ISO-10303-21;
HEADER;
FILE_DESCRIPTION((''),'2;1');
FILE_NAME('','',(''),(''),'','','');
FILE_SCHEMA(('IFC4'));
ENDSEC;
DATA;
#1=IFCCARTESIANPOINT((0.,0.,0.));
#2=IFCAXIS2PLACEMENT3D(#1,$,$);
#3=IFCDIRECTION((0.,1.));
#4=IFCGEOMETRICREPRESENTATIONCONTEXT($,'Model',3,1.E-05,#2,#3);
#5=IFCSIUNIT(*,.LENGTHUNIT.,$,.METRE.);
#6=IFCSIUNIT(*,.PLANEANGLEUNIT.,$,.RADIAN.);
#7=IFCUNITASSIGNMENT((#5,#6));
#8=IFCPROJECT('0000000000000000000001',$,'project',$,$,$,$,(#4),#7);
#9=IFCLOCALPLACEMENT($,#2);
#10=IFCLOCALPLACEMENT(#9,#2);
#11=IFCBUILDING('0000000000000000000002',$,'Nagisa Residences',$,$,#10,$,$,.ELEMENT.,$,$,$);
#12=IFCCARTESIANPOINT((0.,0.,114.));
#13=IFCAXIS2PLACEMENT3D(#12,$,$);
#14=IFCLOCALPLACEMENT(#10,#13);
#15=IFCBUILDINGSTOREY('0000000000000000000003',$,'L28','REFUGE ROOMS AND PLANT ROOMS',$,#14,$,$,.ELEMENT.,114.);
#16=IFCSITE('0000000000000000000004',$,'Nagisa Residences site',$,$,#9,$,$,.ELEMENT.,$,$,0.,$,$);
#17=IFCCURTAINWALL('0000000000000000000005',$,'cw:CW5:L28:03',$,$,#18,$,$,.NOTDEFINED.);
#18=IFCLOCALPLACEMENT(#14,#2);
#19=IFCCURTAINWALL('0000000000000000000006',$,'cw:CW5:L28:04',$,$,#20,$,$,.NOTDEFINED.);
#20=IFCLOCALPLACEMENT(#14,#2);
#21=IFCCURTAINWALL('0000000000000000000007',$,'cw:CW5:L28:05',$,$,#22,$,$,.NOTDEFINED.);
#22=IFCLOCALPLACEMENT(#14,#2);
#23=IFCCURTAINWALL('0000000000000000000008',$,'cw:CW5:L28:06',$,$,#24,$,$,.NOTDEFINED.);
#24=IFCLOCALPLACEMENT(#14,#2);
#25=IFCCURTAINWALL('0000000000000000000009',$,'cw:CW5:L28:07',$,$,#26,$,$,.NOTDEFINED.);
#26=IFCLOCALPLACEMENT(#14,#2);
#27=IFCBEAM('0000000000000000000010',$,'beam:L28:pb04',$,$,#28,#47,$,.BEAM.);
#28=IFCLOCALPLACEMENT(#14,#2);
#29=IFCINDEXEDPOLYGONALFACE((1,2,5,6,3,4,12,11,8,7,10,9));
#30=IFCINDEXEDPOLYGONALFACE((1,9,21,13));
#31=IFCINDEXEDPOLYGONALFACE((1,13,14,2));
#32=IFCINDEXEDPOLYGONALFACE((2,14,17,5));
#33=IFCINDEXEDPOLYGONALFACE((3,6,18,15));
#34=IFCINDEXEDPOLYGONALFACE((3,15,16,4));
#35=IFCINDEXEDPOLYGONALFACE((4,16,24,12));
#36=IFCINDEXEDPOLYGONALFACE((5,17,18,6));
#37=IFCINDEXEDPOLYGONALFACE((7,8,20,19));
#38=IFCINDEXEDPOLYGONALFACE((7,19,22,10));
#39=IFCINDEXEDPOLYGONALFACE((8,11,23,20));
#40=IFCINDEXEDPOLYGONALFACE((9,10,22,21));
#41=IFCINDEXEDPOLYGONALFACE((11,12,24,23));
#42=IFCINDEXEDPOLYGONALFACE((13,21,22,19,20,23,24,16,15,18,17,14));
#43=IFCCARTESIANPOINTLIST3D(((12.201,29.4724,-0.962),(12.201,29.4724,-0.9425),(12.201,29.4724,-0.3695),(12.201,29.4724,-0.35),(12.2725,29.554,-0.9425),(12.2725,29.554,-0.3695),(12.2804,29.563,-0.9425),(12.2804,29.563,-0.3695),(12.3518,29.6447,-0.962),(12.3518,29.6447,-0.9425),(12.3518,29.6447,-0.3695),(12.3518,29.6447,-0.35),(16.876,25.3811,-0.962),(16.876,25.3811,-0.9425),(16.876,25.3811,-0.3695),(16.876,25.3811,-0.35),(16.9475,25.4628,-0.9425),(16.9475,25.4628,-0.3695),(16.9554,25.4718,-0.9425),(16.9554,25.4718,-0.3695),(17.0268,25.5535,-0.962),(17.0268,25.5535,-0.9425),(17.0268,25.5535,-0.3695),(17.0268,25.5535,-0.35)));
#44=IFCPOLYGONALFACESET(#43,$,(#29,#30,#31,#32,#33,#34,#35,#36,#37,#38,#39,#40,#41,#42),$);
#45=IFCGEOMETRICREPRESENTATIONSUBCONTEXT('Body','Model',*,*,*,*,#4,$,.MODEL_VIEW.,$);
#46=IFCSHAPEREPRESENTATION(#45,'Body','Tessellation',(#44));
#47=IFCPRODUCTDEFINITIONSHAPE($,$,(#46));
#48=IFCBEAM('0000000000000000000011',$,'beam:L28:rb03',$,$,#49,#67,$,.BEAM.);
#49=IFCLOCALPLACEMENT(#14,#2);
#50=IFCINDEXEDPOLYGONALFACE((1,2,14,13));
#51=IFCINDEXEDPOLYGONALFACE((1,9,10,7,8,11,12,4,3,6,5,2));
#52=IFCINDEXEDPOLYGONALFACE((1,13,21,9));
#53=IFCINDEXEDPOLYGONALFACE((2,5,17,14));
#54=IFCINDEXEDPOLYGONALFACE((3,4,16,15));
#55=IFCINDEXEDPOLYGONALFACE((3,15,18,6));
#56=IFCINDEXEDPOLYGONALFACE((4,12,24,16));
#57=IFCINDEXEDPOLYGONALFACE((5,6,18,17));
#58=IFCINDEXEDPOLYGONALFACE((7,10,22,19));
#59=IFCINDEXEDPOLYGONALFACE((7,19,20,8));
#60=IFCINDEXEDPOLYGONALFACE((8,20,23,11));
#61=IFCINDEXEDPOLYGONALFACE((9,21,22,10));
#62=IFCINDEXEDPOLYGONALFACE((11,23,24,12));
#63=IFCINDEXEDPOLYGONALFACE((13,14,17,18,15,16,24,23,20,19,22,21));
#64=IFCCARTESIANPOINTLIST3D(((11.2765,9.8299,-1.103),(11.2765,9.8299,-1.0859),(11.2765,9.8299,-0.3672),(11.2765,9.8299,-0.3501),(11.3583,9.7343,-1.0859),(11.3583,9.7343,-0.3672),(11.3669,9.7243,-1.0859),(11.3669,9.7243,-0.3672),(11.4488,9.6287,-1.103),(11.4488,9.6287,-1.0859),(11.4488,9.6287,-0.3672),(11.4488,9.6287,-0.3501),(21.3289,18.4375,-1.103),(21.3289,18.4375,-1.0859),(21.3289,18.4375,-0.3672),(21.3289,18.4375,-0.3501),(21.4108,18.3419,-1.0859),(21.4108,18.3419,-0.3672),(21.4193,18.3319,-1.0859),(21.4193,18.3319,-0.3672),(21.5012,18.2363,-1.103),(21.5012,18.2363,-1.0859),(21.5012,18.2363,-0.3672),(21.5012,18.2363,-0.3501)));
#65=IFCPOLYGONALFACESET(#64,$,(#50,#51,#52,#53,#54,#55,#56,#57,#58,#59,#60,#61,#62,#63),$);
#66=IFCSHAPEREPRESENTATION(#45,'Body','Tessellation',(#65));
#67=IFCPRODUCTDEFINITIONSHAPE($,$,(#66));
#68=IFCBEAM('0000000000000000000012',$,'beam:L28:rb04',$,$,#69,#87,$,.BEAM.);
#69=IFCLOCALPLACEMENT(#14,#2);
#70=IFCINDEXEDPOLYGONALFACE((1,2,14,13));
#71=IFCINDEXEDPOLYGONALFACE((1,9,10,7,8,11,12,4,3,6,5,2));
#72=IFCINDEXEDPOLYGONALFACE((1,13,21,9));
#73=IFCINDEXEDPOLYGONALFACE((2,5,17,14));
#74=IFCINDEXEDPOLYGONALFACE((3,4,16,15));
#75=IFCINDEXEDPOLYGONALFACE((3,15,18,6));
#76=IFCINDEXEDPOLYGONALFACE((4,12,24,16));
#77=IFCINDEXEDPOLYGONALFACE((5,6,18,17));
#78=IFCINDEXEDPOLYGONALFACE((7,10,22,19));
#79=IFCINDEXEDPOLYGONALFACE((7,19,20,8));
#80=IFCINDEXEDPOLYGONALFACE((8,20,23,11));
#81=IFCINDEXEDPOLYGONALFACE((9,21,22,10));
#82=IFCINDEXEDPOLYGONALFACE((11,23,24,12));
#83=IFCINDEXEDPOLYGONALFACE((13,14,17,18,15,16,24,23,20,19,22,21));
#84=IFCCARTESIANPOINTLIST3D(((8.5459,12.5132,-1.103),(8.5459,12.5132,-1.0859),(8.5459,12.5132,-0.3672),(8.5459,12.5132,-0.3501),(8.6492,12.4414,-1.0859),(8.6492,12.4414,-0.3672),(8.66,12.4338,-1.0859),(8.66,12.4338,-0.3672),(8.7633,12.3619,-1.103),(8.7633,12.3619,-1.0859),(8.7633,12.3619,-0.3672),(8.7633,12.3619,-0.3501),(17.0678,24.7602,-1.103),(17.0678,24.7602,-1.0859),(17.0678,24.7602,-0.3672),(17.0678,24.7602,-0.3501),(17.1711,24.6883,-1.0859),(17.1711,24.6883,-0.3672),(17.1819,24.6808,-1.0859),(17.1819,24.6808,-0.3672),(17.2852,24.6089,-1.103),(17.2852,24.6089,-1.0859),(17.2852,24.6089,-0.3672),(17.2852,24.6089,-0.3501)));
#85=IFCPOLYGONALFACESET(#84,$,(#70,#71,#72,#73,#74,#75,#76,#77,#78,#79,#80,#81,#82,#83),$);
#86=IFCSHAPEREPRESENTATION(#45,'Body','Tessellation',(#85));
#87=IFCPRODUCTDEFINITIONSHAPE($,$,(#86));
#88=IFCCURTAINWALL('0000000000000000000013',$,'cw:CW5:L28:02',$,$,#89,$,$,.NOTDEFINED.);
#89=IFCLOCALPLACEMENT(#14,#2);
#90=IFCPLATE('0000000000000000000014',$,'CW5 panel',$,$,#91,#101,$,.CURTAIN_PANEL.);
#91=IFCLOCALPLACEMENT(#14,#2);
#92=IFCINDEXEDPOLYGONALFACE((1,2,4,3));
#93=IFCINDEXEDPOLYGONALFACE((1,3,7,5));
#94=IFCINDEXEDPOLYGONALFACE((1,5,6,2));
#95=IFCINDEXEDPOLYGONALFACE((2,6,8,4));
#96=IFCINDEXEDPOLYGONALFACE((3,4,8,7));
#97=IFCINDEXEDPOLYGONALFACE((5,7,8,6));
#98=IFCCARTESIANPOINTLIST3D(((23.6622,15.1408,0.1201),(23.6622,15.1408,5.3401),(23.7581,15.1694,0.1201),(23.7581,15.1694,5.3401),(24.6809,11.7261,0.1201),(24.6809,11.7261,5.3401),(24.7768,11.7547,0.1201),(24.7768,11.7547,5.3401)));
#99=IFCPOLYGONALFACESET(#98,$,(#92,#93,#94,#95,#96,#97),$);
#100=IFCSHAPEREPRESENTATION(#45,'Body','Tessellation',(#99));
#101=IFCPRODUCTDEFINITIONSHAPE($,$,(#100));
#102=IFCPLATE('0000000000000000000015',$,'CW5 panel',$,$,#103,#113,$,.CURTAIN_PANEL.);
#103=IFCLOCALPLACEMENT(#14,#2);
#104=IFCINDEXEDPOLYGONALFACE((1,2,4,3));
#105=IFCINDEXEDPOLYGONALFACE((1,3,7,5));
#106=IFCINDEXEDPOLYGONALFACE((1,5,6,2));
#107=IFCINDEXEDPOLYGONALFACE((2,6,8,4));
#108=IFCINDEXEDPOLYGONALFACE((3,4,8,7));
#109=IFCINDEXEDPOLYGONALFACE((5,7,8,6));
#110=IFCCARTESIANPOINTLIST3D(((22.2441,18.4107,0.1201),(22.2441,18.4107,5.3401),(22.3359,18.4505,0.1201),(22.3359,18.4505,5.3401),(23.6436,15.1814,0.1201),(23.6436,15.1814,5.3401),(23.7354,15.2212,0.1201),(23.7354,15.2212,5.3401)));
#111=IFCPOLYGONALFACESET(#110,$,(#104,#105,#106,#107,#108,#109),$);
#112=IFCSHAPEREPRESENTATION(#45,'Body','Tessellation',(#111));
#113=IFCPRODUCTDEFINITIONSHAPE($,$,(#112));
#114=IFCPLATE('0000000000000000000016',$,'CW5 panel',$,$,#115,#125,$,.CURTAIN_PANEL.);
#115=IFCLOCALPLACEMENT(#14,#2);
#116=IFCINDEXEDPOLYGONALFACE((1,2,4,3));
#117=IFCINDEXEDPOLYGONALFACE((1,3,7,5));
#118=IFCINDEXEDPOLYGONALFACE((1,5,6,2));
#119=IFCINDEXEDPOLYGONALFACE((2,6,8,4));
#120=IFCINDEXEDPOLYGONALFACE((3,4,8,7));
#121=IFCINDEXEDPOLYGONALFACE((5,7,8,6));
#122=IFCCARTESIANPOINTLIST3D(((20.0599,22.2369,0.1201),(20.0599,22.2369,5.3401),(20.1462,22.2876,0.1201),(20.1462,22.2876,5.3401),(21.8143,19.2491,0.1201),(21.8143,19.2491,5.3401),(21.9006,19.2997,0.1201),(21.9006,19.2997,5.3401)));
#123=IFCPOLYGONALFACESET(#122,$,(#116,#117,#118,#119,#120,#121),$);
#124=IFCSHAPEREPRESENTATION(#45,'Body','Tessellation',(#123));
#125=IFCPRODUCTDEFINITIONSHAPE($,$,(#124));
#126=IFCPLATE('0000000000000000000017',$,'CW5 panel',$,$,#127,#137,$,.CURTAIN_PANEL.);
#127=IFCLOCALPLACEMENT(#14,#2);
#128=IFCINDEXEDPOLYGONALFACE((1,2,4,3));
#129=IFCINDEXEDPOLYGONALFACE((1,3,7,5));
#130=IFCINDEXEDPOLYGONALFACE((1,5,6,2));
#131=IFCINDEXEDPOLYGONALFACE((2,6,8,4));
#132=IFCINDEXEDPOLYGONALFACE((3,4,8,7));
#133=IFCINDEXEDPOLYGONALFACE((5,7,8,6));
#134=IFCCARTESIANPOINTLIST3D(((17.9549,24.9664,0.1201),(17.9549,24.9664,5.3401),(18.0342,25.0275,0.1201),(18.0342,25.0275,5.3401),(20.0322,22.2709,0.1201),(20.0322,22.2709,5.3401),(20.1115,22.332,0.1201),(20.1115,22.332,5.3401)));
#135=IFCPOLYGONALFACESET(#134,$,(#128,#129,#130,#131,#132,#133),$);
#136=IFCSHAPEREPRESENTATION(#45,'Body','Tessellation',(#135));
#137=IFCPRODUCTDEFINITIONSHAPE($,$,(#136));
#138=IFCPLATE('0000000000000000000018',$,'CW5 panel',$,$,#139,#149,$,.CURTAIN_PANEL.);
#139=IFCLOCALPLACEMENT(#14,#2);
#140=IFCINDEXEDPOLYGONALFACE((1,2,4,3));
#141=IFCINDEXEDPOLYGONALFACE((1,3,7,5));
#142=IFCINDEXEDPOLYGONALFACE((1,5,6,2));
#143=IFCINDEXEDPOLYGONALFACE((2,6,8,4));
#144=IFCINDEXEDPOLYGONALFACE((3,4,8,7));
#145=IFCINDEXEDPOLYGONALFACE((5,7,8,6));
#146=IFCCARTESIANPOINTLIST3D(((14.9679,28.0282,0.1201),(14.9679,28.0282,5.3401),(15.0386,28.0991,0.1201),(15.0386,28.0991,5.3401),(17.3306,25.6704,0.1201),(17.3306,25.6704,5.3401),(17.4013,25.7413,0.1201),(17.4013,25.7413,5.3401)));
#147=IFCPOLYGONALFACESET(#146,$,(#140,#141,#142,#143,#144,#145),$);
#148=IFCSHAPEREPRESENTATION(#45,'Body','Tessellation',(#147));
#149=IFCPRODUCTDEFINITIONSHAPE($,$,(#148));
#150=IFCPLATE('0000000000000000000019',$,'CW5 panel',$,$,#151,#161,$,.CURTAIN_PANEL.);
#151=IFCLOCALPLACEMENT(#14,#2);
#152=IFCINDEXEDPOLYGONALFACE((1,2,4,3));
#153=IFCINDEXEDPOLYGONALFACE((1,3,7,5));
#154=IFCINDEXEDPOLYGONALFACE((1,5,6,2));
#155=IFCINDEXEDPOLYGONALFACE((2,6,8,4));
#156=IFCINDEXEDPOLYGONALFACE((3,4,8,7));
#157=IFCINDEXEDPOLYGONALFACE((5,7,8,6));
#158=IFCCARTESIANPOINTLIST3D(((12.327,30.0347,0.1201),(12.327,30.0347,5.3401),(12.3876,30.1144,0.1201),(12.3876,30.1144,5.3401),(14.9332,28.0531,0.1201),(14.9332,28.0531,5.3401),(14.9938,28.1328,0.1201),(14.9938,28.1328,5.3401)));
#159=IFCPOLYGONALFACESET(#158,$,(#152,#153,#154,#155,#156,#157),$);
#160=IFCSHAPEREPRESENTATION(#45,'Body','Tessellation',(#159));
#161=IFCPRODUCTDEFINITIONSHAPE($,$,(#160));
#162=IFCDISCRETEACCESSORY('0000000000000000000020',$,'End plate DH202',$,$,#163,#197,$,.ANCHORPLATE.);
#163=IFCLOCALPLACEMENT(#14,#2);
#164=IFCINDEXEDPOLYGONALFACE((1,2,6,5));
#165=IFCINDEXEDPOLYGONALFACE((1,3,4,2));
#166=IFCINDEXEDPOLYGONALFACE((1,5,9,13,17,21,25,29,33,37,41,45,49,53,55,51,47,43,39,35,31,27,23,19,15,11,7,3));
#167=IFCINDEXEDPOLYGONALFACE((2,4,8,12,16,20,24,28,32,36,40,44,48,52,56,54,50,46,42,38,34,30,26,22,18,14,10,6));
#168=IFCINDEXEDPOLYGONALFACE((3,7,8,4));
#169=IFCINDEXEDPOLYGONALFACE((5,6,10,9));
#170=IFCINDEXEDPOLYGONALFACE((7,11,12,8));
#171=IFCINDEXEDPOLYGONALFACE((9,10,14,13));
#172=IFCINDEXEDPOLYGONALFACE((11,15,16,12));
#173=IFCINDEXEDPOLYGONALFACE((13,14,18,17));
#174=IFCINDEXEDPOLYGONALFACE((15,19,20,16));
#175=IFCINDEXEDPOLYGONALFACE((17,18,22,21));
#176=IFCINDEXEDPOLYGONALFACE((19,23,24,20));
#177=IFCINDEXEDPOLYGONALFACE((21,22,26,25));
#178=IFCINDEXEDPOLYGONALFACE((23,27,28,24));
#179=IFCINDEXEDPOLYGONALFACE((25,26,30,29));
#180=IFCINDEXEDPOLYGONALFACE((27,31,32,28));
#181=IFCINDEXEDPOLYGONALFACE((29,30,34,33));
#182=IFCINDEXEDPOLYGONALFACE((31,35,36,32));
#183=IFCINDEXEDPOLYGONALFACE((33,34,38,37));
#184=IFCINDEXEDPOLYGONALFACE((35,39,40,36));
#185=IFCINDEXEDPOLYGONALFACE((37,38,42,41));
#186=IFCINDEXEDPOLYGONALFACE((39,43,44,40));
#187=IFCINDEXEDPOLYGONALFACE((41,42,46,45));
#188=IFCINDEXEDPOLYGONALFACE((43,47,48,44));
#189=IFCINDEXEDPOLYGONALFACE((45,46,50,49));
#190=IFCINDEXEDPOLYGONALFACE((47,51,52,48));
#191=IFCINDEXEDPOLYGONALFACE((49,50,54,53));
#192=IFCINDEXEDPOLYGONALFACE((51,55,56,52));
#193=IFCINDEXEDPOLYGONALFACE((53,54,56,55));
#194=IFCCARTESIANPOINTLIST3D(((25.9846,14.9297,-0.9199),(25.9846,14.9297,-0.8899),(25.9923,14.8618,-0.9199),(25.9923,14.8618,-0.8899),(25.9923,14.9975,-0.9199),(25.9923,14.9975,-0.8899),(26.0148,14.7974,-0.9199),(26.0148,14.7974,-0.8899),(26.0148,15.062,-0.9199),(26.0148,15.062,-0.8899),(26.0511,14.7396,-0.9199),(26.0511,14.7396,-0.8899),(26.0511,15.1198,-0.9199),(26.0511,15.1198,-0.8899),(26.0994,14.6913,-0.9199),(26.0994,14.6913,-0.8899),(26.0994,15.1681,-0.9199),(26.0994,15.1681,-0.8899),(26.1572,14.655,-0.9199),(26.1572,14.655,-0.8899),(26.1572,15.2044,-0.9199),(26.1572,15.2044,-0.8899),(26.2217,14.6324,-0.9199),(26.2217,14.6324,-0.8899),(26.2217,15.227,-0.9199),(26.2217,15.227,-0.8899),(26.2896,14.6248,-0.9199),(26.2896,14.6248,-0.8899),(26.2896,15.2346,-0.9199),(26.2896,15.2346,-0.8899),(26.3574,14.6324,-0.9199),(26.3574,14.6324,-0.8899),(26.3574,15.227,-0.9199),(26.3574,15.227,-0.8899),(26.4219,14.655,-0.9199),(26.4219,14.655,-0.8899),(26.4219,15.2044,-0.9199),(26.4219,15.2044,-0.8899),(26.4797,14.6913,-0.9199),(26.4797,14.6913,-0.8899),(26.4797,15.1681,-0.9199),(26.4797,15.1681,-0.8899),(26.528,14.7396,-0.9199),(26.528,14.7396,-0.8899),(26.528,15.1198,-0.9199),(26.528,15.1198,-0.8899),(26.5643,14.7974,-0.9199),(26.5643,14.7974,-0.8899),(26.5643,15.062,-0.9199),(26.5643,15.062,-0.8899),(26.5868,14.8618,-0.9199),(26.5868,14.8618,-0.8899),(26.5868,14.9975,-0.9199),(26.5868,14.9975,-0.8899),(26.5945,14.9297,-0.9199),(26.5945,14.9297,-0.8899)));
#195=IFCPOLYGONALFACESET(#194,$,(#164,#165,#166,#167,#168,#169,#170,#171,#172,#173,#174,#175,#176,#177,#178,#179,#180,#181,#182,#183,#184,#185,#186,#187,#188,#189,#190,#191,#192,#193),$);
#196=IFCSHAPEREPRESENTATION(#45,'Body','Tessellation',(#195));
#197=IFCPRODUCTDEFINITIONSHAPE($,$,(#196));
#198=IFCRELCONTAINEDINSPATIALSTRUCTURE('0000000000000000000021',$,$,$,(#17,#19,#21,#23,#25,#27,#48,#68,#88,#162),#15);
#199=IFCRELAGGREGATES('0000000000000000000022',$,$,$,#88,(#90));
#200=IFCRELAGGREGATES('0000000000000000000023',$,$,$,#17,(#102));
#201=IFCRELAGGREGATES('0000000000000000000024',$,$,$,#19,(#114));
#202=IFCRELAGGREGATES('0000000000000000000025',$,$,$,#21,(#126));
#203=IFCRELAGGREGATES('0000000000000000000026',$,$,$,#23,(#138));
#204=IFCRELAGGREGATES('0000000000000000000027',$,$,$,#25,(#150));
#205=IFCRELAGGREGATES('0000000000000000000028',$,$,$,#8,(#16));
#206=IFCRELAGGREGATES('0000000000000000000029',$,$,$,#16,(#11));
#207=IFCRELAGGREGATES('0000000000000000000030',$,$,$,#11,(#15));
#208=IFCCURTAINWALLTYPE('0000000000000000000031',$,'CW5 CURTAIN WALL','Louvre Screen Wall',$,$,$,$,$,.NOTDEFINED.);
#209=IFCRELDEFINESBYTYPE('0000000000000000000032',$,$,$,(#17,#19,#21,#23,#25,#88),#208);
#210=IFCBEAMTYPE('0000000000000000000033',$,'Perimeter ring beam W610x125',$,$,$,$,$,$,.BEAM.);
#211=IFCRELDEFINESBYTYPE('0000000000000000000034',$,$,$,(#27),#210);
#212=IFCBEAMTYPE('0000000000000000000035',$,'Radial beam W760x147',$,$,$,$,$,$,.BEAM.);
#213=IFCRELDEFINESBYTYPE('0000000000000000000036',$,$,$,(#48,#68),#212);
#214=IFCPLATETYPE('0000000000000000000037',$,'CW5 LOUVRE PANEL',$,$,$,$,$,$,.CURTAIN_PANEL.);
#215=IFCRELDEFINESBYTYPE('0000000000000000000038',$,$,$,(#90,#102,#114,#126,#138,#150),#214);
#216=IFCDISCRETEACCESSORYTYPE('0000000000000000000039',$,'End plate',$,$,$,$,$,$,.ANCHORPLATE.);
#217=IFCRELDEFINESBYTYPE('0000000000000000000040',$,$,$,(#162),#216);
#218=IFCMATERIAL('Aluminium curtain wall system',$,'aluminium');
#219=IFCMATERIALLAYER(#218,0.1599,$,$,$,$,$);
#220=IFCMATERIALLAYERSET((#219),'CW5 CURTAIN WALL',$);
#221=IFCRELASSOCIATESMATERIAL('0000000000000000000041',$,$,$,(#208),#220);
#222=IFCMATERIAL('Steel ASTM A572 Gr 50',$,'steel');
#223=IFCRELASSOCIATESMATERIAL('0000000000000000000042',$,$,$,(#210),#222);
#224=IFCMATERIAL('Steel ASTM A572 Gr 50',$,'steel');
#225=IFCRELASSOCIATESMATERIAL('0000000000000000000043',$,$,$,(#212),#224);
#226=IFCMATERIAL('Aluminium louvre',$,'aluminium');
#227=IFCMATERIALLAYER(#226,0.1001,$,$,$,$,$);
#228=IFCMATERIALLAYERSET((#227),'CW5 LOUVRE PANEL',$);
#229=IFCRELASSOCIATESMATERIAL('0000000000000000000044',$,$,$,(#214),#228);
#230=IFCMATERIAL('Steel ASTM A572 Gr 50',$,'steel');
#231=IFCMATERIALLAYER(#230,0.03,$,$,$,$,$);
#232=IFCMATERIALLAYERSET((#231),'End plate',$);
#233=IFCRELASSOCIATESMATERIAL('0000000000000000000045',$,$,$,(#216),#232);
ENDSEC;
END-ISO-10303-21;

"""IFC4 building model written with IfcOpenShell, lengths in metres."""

from ifc_helpers import new_model, si_unit, direction, frame, origin, origin_2d, place, context, subcontext, project, spatial, rectangle, circle, i_section, extrude, material, layer, layer_set, material_profile, profile_set, type_object, element, aggregate, save


model = new_model("IFC4")

# Units and contexts
model_context = context("Model", 3, precision=1e-05, world=origin(), true_north=direction((0.0, 1.0)))
body_context = subcontext(model_context, "Body", "Model", "MODEL_VIEW")
ifc_project = project(units=[si_unit("LENGTHUNIT", "METRE"), si_unit("PLANEANGLEUNIT", "RADIAN")], contexts=[model_context])

# Site, building, storey
site_placement = place(None, origin())
site = spatial("IfcSite", under=ifc_project, at=site_placement, Name="Nagisa Residences site", CompositionType="ELEMENT", RefElevation=0.0)
building_placement = place(site_placement, origin())
building = spatial("IfcBuilding", under=site, at=building_placement, Name="Nagisa Residences", CompositionType="ELEMENT")
storey_placement = place(building_placement, frame((0.0, 0.0, 114.0)))
storey = spatial("IfcBuildingStorey", under=building, at=storey_placement, Name="L28", Description="REFUGE ROOMS AND PLANT ROOMS", CompositionType="ELEMENT", Elevation=114.0)

# Curtain walls
ifc_material_1 = material(Name="Aluminium curtain wall system", Category="aluminium")
ifc_layer_1 = layer(ifc_material_1, 0.1599)
ifc_layer_set_1 = layer_set([ifc_layer_1], Name="CW5 CURTAIN WALL")
curtain_wall_type = type_object("IfcCurtainWallType", Name="CW5 CURTAIN WALL", Description="Louvre Screen Wall", PredefinedType="NOTDEFINED", material=ifc_layer_set_1)
curtain_wall_1_placement = place(storey_placement, origin())
curtain_wall_1 = element("IfcCurtainWall", 1, at=curtain_wall_1_placement, inside=storey, type_object=curtain_wall_type, Name="cw:CW5:L28:03", PredefinedType="NOTDEFINED")
curtain_wall_2_placement = place(storey_placement, origin())
curtain_wall_2 = element("IfcCurtainWall", 2, at=curtain_wall_2_placement, inside=storey, type_object=curtain_wall_type, Name="cw:CW5:L28:04", PredefinedType="NOTDEFINED")
curtain_wall_3_placement = place(storey_placement, origin())
curtain_wall_3 = element("IfcCurtainWall", 3, at=curtain_wall_3_placement, inside=storey, type_object=curtain_wall_type, Name="cw:CW5:L28:05", PredefinedType="NOTDEFINED")
curtain_wall_4_placement = place(storey_placement, origin())
curtain_wall_4 = element("IfcCurtainWall", 4, at=curtain_wall_4_placement, inside=storey, type_object=curtain_wall_type, Name="cw:CW5:L28:06", PredefinedType="NOTDEFINED")
curtain_wall_5_placement = place(storey_placement, origin())
curtain_wall_5 = element("IfcCurtainWall", 5, at=curtain_wall_5_placement, inside=storey, type_object=curtain_wall_type, Name="cw:CW5:L28:07", PredefinedType="NOTDEFINED")

# Beams
ifc_material_2 = material(Name="Steel ASTM A572 Gr 50", Category="steel")
ifc_material_profile_1 = material_profile(ifc_material_2, i_section(OverallWidth=0.229, OverallDepth=0.6121, WebThickness=0.012, FlangeThickness=0.0195, at=origin_2d()), Name="W610x125")
ifc_profile_set_1 = profile_set([ifc_material_profile_1], Name="Steel ASTM A572 Gr 50")
beam_type_1 = type_object("IfcBeamType", Name="Perimeter ring beam W610x125", PredefinedType="BEAM", material=ifc_profile_set_1)
beam_1_placement = place(storey_placement, frame((16.9514, 25.4673, -0.656), z_axis=(-0.752526, 0.658563, 0.0), x_axis=(-0.658563, -0.752526, 0.0)))
element("IfcBeam", 6, at=beam_1_placement, inside=storey, type_object=beam_type_1, Name="beam:L28:pb04", PredefinedType="BEAM", context=body_context, shape_type="SweptSolid", body=[
    extrude(i_section(OverallWidth=0.229, OverallDepth=0.6121, WebThickness=0.012, FlangeThickness=0.0195, at=origin_2d()), origin(), (0.0, 0.0, 1.0), 6.2124),
])
ifc_material_3 = material(Name="Steel ASTM A572 Gr 50", Category="steel")
ifc_material_profile_2 = material_profile(ifc_material_3, i_section(OverallWidth=0.2649, OverallDepth=0.7529, WebThickness=0.0132, FlangeThickness=0.0171, at=origin_2d()), Name="W760x147")
ifc_profile_set_2 = profile_set([ifc_material_profile_2], Name="Steel ASTM A572 Gr 50")
beam_type_2 = type_object("IfcBeamType", Name="Radial beam W760x147", PredefinedType="BEAM", material=ifc_profile_set_2)
beam_2_placement = place(storey_placement, frame((21.415, 18.3369, -0.7266), z_axis=(-0.759583, -0.65041, 0.0), x_axis=(0.65041, -0.759583, 0.0)))
element("IfcBeam", 7, at=beam_2_placement, inside=storey, type_object=beam_type_2, Name="beam:L28:rb03", PredefinedType="BEAM", context=body_context, shape_type="SweptSolid", body=[
    extrude(i_section(OverallWidth=0.2649, OverallDepth=0.7529, WebThickness=0.0132, FlangeThickness=0.0171, at=origin_2d()), origin(), (0.0, 0.0, 1.0), 13.2341),
])
beam_3_placement = place(storey_placement, frame((17.1765, 24.6846, -0.7266), z_axis=(-0.571167, -0.820834, 0.0), x_axis=(0.820834, -0.571167, 0.0)))
element("IfcBeam", 8, at=beam_3_placement, inside=storey, type_object=beam_type_2, Name="beam:L28:rb04", PredefinedType="BEAM", context=body_context, shape_type="SweptSolid", body=[
    extrude(i_section(OverallWidth=0.2649, OverallDepth=0.7529, WebThickness=0.0132, FlangeThickness=0.0171, at=origin_2d()), origin(), (0.0, 0.0, 1.0), 14.9202),
])

# Curtain wall, plate
curtain_wall_6_placement = place(storey_placement, origin())
curtain_wall_6 = element("IfcCurtainWall", 9, at=curtain_wall_6_placement, inside=storey, type_object=curtain_wall_type, Name="cw:CW5:L28:02", PredefinedType="NOTDEFINED")
ifc_material_4 = material(Name="Aluminium louvre", Category="aluminium")
ifc_layer_2 = layer(ifc_material_4, 0.1001)
ifc_layer_set_2 = layer_set([ifc_layer_2], Name="CW5 LOUVRE PANEL")
plate_type = type_object("IfcPlateType", Name="CW5 LOUVRE PANEL", PredefinedType="CURTAIN_PANEL", material=ifc_layer_set_2)
plate_1_placement = place(storey_placement, frame((24.2195, 13.4478, 0.1201), z_axis=(0.0, 0.0, 1.0), x_axis=(-0.28586, 0.958271, 0.0)))
plate_1 = element("IfcPlate", 10, at=plate_1_placement, type_object=plate_type, Name="CW5 panel", PredefinedType="CURTAIN_PANEL", context=body_context, shape_type="SweptSolid", body=[
    extrude(rectangle(XDim=3.5635, YDim=0.1001, at=origin_2d()), origin(), (0.0, 0.0, 1.0), 5.22),
])
aggregate(curtain_wall_6, [plate_1])

# Plates
plate_2_placement = place(storey_placement, frame((22.9897, 16.8159, 0.1201), z_axis=(0.0, 0.0, 1.0), x_axis=(-0.397636, 0.917543, 0.0)))
plate_2 = element("IfcPlate", 11, at=plate_2_placement, type_object=plate_type, Name="CW5 panel", PredefinedType="CURTAIN_PANEL", context=body_context, shape_type="SweptSolid", body=[
    extrude(rectangle(XDim=3.5195, YDim=0.1001, at=origin_2d()), origin(), (0.0, 0.0, 1.0), 5.22),
])
aggregate(curtain_wall_1, [plate_2])
plate_3_placement = place(storey_placement, frame((20.9802, 20.7683, 0.1201), z_axis=(0.0, 0.0, 1.0), x_axis=(-0.506349, 0.862329, 0.0)))
plate_3 = element("IfcPlate", 12, at=plate_3_placement, type_object=plate_type, Name="CW5 panel", PredefinedType="CURTAIN_PANEL", context=body_context, shape_type="SweptSolid", body=[
    extrude(rectangle(XDim=3.4648, YDim=0.1001, at=origin_2d()), origin(), (0.0, 0.0, 1.0), 5.22),
])
aggregate(curtain_wall_2, [plate_3])
plate_4_placement = place(storey_placement, frame((19.0332, 23.6492, 0.1201), z_axis=(0.0, 0.0, 1.0), x_axis=(-0.61043, 0.79207, 0.0)))
plate_4 = element("IfcPlate", 13, at=plate_4_placement, type_object=plate_type, Name="CW5 panel", PredefinedType="CURTAIN_PANEL", context=body_context, shape_type="SweptSolid", body=[
    extrude(rectangle(XDim=3.4031, YDim=0.1001, at=origin_2d()), origin(), (0.0, 0.0, 1.0), 5.22),
])
aggregate(curtain_wall_3, [plate_4])
plate_5_placement = place(storey_placement, frame((16.1846, 26.8848, 0.1201), z_axis=(0.0, 0.0, 1.0), x_axis=(-0.707836, 0.706377, 0.0)))
plate_5 = element("IfcPlate", 14, at=plate_5_placement, type_object=plate_type, Name="CW5 panel", PredefinedType="CURTAIN_PANEL", context=body_context, shape_type="SweptSolid", body=[
    extrude(rectangle(XDim=3.3379, YDim=0.1001, at=origin_2d()), origin(), (0.0, 0.0, 1.0), 5.22),
])
aggregate(curtain_wall_4, [plate_5])
plate_6_placement = place(storey_placement, frame((13.6604, 29.0837, 0.1201), z_axis=(0.0, 0.0, 1.0), x_axis=(-0.796031, 0.605255, 0.0)))
plate_6 = element("IfcPlate", 15, at=plate_6_placement, type_object=plate_type, Name="CW5 panel", PredefinedType="CURTAIN_PANEL", context=body_context, shape_type="SweptSolid", body=[
    extrude(rectangle(XDim=3.2739, YDim=0.1001, at=origin_2d()), origin(), (0.0, 0.0, 1.0), 5.22),
])
aggregate(curtain_wall_5, [plate_6])

# Discrete accessory
ifc_material_5 = material(Name="Steel ASTM A572 Gr 50", Category="steel")
ifc_layer_3 = layer(ifc_material_5, 0.03)
ifc_layer_set_3 = layer_set([ifc_layer_3], Name="End plate")
discrete_accessory_type = type_object("IfcDiscreteAccessoryType", Name="End plate", PredefinedType="ANCHORPLATE", material=ifc_layer_set_3)
discrete_accessory_placement = place(storey_placement, frame((26.2896, 14.9297, -0.8899), z_axis=(0.0, 0.0, -1.0), x_axis=(1.0, 0.0, 0.0)))
element("IfcDiscreteAccessory", 16, at=discrete_accessory_placement, inside=storey, type_object=discrete_accessory_type, Name="End plate DH202", PredefinedType="ANCHORPLATE", context=body_context, shape_type="SweptSolid", body=[
    extrude(circle(Radius=0.3049, at=origin_2d()), origin(), (0.0, 0.0, 1.0), 0.03),
])

save(model, "model.ifc")
